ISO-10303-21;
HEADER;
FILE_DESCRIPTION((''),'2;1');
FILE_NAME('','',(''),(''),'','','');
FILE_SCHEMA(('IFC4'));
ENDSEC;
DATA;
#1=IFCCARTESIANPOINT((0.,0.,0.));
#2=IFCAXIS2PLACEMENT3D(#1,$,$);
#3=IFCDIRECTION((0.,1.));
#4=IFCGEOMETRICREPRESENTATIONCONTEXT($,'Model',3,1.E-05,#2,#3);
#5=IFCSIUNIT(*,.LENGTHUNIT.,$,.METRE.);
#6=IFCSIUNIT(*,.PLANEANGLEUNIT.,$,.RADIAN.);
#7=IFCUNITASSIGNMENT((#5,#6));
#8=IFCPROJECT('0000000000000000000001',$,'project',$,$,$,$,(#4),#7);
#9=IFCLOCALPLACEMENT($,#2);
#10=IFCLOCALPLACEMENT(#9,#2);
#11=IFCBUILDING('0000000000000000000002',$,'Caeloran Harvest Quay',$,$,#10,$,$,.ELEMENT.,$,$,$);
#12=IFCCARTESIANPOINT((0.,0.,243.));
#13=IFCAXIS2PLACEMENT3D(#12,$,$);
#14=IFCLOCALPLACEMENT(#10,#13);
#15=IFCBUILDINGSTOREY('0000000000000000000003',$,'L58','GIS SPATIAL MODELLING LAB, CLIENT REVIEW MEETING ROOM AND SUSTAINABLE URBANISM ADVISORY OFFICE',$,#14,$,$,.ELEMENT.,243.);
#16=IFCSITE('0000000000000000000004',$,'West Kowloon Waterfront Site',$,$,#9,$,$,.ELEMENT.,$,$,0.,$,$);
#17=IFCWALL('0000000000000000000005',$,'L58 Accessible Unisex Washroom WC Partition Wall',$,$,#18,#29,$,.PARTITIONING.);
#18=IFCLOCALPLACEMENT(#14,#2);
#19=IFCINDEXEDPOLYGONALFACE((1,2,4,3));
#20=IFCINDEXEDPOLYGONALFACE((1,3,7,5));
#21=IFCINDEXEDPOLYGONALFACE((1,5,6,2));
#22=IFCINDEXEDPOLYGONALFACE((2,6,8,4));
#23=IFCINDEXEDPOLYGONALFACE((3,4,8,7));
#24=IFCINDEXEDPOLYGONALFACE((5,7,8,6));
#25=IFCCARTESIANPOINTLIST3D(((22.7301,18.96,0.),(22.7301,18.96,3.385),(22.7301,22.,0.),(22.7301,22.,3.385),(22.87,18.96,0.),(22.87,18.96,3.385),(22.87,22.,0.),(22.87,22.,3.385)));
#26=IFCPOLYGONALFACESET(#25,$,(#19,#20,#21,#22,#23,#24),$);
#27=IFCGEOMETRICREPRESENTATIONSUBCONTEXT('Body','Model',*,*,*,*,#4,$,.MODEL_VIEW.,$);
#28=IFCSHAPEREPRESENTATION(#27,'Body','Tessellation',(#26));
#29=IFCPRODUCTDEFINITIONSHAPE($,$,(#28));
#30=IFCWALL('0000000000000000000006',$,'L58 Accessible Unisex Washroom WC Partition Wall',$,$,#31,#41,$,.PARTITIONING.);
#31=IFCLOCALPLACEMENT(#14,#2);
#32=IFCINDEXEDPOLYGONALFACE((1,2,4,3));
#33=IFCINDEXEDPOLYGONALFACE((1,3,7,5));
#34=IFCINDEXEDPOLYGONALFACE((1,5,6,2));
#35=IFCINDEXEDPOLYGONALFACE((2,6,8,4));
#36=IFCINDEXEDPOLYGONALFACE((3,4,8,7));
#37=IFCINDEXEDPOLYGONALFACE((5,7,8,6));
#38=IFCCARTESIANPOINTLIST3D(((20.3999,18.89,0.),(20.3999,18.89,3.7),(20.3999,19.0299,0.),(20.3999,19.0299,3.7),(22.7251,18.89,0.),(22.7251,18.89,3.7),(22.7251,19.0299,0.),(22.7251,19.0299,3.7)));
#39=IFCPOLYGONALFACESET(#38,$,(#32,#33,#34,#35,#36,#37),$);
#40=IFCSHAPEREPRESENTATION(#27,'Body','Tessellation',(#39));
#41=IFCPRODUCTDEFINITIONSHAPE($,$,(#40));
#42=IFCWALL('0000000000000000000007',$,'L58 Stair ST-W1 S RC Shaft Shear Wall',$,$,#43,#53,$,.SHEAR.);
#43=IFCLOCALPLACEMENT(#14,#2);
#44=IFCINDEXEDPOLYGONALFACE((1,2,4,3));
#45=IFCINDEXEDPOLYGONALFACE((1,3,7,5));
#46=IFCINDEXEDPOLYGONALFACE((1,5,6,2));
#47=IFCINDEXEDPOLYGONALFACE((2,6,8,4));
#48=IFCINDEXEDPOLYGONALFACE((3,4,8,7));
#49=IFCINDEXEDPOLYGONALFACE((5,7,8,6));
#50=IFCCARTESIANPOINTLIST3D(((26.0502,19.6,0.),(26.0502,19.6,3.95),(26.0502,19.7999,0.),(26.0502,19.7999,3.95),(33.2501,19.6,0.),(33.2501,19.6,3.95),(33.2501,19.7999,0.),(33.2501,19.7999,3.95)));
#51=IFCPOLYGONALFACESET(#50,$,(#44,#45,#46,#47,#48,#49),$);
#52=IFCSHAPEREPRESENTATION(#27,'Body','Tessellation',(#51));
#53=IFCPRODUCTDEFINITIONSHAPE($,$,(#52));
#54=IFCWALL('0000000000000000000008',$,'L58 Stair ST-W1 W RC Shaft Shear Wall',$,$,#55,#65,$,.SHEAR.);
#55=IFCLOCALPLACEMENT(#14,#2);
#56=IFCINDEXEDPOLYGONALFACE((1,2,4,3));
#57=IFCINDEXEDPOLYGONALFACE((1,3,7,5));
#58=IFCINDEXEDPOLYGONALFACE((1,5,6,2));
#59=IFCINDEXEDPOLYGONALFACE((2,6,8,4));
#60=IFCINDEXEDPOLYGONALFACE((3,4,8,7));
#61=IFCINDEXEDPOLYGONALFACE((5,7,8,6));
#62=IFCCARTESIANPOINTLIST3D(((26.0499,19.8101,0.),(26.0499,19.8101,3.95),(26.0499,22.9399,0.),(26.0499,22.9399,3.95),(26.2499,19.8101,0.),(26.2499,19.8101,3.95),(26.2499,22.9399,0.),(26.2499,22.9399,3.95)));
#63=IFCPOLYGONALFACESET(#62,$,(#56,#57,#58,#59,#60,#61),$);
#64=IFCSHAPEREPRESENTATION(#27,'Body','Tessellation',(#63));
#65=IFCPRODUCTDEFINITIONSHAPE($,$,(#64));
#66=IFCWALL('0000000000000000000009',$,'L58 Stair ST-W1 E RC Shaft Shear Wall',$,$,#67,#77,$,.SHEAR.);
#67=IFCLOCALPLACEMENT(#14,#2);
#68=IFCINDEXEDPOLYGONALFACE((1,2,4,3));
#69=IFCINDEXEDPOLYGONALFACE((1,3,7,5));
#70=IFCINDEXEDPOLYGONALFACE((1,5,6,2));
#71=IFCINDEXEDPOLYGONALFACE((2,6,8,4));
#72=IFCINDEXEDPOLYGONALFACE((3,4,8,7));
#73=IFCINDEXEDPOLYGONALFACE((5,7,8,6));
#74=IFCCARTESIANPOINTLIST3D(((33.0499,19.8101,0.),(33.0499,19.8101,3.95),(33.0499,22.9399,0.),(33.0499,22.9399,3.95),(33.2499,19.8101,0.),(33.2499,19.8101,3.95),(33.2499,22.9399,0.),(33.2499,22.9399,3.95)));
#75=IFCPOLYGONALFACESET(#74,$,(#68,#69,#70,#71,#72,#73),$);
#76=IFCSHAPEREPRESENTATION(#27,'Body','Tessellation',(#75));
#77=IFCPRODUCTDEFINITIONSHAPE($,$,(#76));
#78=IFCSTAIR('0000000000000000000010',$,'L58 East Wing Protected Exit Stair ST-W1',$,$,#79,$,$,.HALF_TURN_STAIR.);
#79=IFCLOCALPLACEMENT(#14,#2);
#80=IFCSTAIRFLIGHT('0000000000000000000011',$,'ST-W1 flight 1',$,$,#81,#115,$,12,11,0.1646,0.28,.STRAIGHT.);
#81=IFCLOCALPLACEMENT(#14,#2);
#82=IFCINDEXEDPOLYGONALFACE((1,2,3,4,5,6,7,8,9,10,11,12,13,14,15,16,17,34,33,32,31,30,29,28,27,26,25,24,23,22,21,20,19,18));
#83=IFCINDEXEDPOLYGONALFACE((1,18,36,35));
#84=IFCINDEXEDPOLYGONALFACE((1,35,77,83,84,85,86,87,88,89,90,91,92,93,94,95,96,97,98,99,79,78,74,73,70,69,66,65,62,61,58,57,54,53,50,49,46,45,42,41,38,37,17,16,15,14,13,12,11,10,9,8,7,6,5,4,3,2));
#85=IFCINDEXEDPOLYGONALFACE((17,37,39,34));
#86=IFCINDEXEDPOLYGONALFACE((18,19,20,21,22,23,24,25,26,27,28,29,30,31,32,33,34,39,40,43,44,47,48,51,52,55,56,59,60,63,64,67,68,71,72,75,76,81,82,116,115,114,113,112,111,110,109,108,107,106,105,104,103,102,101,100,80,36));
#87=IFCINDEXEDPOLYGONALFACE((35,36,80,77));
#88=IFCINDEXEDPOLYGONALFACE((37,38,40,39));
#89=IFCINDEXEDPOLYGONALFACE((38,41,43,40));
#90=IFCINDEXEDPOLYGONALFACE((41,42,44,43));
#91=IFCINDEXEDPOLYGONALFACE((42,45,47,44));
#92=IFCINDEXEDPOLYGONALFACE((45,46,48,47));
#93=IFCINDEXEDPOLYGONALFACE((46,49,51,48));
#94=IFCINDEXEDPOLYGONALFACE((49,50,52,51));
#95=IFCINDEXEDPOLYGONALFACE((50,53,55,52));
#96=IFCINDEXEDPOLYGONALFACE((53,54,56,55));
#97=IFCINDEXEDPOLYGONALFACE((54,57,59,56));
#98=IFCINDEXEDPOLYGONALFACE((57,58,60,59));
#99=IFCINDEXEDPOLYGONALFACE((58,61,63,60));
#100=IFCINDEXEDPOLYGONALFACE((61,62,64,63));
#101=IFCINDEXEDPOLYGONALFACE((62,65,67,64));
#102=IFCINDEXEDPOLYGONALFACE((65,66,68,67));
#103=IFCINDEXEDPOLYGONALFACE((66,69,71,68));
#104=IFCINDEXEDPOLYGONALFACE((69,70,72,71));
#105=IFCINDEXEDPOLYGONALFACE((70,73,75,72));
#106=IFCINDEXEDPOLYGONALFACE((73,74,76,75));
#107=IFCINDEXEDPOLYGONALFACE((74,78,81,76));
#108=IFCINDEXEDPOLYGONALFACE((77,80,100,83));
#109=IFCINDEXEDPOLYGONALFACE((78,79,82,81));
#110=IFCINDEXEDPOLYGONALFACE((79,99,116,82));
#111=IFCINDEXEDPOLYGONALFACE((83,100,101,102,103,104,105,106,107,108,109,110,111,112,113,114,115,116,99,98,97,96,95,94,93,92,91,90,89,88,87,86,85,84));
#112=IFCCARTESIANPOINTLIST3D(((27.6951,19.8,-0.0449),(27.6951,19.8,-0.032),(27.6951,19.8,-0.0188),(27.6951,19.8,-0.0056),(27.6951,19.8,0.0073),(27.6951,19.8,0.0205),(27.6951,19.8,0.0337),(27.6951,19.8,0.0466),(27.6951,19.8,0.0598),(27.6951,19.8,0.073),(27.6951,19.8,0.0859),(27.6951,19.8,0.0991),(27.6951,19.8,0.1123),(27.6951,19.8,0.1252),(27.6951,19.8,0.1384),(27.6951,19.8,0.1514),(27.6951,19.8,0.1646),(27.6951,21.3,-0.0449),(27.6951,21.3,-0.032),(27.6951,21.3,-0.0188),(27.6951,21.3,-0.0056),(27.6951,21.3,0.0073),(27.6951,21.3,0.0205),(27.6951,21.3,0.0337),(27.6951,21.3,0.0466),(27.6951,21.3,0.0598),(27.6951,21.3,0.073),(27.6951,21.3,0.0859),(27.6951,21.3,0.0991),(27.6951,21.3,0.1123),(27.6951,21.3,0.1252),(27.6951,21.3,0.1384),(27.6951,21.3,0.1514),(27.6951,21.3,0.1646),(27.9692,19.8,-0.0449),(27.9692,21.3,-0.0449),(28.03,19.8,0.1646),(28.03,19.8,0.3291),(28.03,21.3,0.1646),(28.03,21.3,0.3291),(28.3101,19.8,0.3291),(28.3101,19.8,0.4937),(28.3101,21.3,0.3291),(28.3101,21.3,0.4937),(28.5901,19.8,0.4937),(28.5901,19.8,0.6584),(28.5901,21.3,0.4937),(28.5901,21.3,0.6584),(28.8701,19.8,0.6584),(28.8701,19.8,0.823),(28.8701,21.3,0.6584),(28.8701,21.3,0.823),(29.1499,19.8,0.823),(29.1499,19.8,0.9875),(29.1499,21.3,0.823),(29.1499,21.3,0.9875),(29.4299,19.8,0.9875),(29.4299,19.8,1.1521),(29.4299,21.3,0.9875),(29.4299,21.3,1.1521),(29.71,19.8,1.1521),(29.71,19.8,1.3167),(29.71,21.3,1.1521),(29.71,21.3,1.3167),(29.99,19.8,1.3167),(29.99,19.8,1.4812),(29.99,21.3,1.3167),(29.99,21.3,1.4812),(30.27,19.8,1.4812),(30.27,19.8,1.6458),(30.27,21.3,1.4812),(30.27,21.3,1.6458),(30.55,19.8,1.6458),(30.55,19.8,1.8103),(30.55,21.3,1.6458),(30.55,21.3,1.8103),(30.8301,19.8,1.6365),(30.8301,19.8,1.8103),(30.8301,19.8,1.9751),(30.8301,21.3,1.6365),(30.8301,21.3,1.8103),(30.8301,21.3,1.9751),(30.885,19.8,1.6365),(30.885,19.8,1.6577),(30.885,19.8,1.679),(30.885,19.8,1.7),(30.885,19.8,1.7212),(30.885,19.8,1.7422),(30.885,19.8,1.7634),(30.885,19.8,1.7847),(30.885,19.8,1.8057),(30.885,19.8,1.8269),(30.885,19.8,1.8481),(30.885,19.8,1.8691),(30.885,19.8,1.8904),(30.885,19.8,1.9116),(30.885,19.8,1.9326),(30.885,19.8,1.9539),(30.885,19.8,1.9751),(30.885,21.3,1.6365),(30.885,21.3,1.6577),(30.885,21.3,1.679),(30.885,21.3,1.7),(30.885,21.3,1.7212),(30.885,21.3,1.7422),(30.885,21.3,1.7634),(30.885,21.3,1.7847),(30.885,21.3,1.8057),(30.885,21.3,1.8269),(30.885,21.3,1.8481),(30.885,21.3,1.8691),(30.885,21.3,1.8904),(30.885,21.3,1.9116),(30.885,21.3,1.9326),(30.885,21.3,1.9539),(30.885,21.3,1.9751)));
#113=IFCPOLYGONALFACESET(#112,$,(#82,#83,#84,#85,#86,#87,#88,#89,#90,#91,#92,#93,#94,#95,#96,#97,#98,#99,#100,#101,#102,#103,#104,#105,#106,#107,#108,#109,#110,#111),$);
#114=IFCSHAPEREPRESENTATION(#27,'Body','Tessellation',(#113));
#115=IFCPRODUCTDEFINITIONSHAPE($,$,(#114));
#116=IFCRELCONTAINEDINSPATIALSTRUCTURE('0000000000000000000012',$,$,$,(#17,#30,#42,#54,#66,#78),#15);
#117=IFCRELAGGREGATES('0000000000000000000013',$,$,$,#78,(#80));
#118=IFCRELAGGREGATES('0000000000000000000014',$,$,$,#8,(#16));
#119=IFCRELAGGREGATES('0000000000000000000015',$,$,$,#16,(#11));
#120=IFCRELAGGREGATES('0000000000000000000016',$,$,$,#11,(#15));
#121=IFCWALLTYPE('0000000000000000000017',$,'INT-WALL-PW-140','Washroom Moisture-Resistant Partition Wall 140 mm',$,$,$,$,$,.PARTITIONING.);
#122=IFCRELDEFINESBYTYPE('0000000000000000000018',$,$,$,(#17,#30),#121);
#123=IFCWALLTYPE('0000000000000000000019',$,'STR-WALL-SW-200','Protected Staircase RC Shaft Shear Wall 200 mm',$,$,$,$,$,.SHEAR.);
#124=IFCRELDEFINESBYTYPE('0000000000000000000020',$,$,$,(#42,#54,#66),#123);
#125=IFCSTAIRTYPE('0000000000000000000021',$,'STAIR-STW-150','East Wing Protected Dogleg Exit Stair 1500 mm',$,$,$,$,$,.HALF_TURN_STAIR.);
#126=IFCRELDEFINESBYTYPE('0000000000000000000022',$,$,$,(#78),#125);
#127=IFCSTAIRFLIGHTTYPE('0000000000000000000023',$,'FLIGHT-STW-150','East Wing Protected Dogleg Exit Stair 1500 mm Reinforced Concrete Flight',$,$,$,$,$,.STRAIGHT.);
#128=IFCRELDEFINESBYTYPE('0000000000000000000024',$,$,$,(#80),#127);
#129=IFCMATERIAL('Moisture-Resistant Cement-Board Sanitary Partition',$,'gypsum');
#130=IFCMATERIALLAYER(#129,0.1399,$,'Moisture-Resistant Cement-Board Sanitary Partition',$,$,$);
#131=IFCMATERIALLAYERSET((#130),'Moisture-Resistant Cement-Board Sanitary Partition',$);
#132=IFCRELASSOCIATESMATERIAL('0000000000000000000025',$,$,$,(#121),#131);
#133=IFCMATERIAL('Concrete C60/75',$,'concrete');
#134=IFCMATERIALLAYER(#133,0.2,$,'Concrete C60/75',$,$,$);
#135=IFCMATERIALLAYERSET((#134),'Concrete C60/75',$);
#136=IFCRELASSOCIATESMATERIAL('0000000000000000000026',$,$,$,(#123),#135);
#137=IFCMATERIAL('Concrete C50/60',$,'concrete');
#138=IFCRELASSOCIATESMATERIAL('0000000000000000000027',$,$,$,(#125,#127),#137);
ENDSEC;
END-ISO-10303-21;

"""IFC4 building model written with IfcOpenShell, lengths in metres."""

from ifc_helpers import new_model, si_unit, direction, frame, frame_2d, origin, place, context, subcontext, project, spatial, polyline, rectangle, outline, extrude, material, layer, layer_set, type_object, element, aggregate, save


model = new_model("IFC4")

# Units and contexts
model_context = context("Model", 3, precision=1e-05, world=origin(), true_north=direction((0.0, 1.0)))
body_context = subcontext(model_context, "Body", "Model", "MODEL_VIEW")
ifc_project = project(units=[si_unit("LENGTHUNIT", "METRE"), si_unit("PLANEANGLEUNIT", "RADIAN")], contexts=[model_context])

# Site, building, storey
site_placement = place(None, origin())
site = spatial("IfcSite", under=ifc_project, at=site_placement, Name="West Kowloon Waterfront Site", CompositionType="ELEMENT", RefElevation=0.0)
building_placement = place(site_placement, origin())
building = spatial("IfcBuilding", under=site, at=building_placement, Name="Caeloran Harvest Quay", CompositionType="ELEMENT")
storey_placement = place(building_placement, frame((0.0, 0.0, 243.0)))
storey = spatial("IfcBuildingStorey", under=building, at=storey_placement, Name="L58", Description="GIS SPATIAL MODELLING LAB, CLIENT REVIEW MEETING ROOM AND SUSTAINABLE URBANISM ADVISORY OFFICE", CompositionType="ELEMENT", Elevation=243.0)

# Walls
ifc_material_1 = material(Name="Moisture-Resistant Cement-Board Sanitary Partition", Category="gypsum")
ifc_layer_1 = layer(ifc_material_1, 0.1399, Name="Moisture-Resistant Cement-Board Sanitary Partition")
ifc_layer_set_1 = layer_set([ifc_layer_1], Name="Moisture-Resistant Cement-Board Sanitary Partition")
wall_type_1 = type_object("IfcWallType", Name="INT-WALL-PW-140", Description="Washroom Moisture-Resistant Partition Wall 140 mm", PredefinedType="PARTITIONING", material=ifc_layer_set_1)
wall_1_placement = place(storey_placement, frame((22.8, 22.0, 0.0), z_axis=(0.0, 0.0, 1.0), x_axis=(0.0, -1.0, 0.0)))
element("IfcWall", 1, at=wall_1_placement, inside=storey, type_object=wall_type_1, Name="L58 Accessible Unisex Washroom WC Partition Wall", PredefinedType="PARTITIONING", context=body_context, shape_type="SweptSolid", body=[
    extrude(rectangle(XDim=3.04, YDim=0.1399, at=frame_2d((1.52, 0.0))), origin(), (0.0, 0.0, 1.0), 3.385),
])
wall_2_placement = place(storey_placement, frame((22.7251, 18.96, 0.0), z_axis=(0.0, 0.0, 1.0), x_axis=(-1.0, 0.0, 0.0)))
element("IfcWall", 2, at=wall_2_placement, inside=storey, type_object=wall_type_1, Name="L58 Accessible Unisex Washroom WC Partition Wall", PredefinedType="PARTITIONING", context=body_context, shape_type="SweptSolid", body=[
    extrude(rectangle(XDim=2.3252, YDim=0.1399, at=frame_2d((1.1626, 0.0))), origin(), (0.0, 0.0, 1.0), 3.7),
])
ifc_material_2 = material(Name="Concrete C60/75", Category="concrete")
ifc_layer_2 = layer(ifc_material_2, 0.2, Name="Concrete C60/75")
ifc_layer_set_2 = layer_set([ifc_layer_2], Name="Concrete C60/75")
wall_type_2 = type_object("IfcWallType", Name="STR-WALL-SW-200", Description="Protected Staircase RC Shaft Shear Wall 200 mm", PredefinedType="SHEAR", material=ifc_layer_set_2)
wall_3_placement = place(storey_placement, frame((26.05, 19.7, 0.0), z_axis=(0.0, 0.0, 1.0), x_axis=(1.0, 0.0, 0.0)))
element("IfcWall", 3, at=wall_3_placement, inside=storey, type_object=wall_type_2, Name="L58 Stair ST-W1 S RC Shaft Shear Wall", PredefinedType="SHEAR", context=body_context, shape_type="SweptSolid", body=[
    extrude(rectangle(XDim=7.2, YDim=0.2, at=frame_2d((3.6001, 0.0))), origin(), (0.0, 0.0, 1.0), 3.95),
])
for number, where, z_axis, x_axis, name in (
    (4, (26.1499, 19.8101, 0.0), (0.0, 0.0, 1.0), (0.0, 1.0, 0.0), "L58 Stair ST-W1 W RC Shaft Shear Wall"),
    (5, (33.1499, 19.8101, 0.0), (0.0, 0.0, 1.0), (0.0, 1.0, 0.0), "L58 Stair ST-W1 E RC Shaft Shear Wall"),
):
    element("IfcWall", number, at=place(storey_placement, frame(where, z_axis=z_axis, x_axis=x_axis)), inside=storey, type_object=wall_type_2, Name=name, PredefinedType="SHEAR", context=body_context, shape_type="SweptSolid", body=[
        extrude(rectangle(XDim=3.1299, YDim=0.2, at=frame_2d((1.5649, 0.0))), origin(), (0.0, 0.0, 1.0), 3.95),
    ])

# Stair, stair flight
ifc_material_3 = material(Name="Concrete C50/60", Category="concrete")
stair_type = type_object("IfcStairType", Name="STAIR-STW-150", Description="East Wing Protected Dogleg Exit Stair 1500 mm", PredefinedType="HALF_TURN_STAIR", material=ifc_material_3)
stair_placement = place(storey_placement, origin())
stair = element("IfcStair", 6, at=stair_placement, inside=storey, type_object=stair_type, Name="L58 East Wing Protected Exit Stair ST-W1", PredefinedType="HALF_TURN_STAIR")
stair_flight_type = type_object("IfcStairFlightType", Name="FLIGHT-STW-150", Description="East Wing Protected Dogleg Exit Stair 1500 mm Reinforced Concrete Flight", PredefinedType="STRAIGHT", material=ifc_material_3)
stair_flight_1_placement = place(storey_placement, frame((27.75, 20.55, 0.0), z_axis=(0.0, 0.0, 1.0), x_axis=(1.0, 0.0, 0.0)))
stair_flight_1 = element("IfcStairFlight", 7, at=stair_flight_1_placement, type_object=stair_flight_type, Name="ST-W1 flight 1", NumberOfRisers=12, NumberOfTreads=11, PredefinedType="STRAIGHT", RiserHeight=0.1646, TreadLength=0.28, context=body_context, shape_type="SweptSolid", body=[
    extrude(outline(polyline([(-0.0549, -0.0449), (-0.0549, -0.032), (-0.0549, -0.0188), (-0.0549, -0.0056), (-0.0549, 0.0073), (-0.0549, 0.0205), (-0.0549, 0.0337), (-0.0549, 0.0466), (-0.0549, 0.0598), (-0.0549, 0.073), (-0.0549, 0.0859), (-0.0549, 0.0991), (-0.0549, 0.1123), (-0.0549, 0.1252), (-0.0549, 0.1384), (-0.0549, 0.1514), (-0.0549, 0.1646), (0.28, 0.1646), (0.28, 0.3291), (0.5601, 0.3291), (0.5601, 0.4937), (0.8401, 0.4937), (0.8401, 0.6584), (1.1201, 0.6584), (1.1201, 0.823), (1.3999, 0.823), (1.3999, 0.9875), (1.6799, 0.9875), (1.6799, 1.1521), (1.96, 1.1521), (1.96, 1.3167), (2.24, 1.3167), (2.24, 1.4812), (2.52, 1.4812), (2.52, 1.6458), (2.8, 1.6458), (2.8, 1.8103), (3.0801, 1.8103), (3.0801, 1.9751), (3.135, 1.9751), (3.135, 1.9539), (3.135, 1.9326), (3.135, 1.9116), (3.135, 1.8904), (3.135, 1.8691), (3.135, 1.8481), (3.135, 1.8269), (3.135, 1.8057), (3.135, 1.7847), (3.135, 1.7634), (3.135, 1.7422), (3.135, 1.7212), (3.135, 1.7), (3.135, 1.679), (3.135, 1.6577), (3.135, 1.6365), (3.0801, 1.6365), (0.2192, -0.0449), (-0.0549, -0.0449)])), frame((0.0, 0.75, 0.0), z_axis=(0.0, -1.0, 0.0), x_axis=(1.0, 0.0, 0.0)), (0.0, 0.0, 1.0), 1.5),
])
aggregate(stair, [stair_flight_1])

save(model, "model.ifc")
